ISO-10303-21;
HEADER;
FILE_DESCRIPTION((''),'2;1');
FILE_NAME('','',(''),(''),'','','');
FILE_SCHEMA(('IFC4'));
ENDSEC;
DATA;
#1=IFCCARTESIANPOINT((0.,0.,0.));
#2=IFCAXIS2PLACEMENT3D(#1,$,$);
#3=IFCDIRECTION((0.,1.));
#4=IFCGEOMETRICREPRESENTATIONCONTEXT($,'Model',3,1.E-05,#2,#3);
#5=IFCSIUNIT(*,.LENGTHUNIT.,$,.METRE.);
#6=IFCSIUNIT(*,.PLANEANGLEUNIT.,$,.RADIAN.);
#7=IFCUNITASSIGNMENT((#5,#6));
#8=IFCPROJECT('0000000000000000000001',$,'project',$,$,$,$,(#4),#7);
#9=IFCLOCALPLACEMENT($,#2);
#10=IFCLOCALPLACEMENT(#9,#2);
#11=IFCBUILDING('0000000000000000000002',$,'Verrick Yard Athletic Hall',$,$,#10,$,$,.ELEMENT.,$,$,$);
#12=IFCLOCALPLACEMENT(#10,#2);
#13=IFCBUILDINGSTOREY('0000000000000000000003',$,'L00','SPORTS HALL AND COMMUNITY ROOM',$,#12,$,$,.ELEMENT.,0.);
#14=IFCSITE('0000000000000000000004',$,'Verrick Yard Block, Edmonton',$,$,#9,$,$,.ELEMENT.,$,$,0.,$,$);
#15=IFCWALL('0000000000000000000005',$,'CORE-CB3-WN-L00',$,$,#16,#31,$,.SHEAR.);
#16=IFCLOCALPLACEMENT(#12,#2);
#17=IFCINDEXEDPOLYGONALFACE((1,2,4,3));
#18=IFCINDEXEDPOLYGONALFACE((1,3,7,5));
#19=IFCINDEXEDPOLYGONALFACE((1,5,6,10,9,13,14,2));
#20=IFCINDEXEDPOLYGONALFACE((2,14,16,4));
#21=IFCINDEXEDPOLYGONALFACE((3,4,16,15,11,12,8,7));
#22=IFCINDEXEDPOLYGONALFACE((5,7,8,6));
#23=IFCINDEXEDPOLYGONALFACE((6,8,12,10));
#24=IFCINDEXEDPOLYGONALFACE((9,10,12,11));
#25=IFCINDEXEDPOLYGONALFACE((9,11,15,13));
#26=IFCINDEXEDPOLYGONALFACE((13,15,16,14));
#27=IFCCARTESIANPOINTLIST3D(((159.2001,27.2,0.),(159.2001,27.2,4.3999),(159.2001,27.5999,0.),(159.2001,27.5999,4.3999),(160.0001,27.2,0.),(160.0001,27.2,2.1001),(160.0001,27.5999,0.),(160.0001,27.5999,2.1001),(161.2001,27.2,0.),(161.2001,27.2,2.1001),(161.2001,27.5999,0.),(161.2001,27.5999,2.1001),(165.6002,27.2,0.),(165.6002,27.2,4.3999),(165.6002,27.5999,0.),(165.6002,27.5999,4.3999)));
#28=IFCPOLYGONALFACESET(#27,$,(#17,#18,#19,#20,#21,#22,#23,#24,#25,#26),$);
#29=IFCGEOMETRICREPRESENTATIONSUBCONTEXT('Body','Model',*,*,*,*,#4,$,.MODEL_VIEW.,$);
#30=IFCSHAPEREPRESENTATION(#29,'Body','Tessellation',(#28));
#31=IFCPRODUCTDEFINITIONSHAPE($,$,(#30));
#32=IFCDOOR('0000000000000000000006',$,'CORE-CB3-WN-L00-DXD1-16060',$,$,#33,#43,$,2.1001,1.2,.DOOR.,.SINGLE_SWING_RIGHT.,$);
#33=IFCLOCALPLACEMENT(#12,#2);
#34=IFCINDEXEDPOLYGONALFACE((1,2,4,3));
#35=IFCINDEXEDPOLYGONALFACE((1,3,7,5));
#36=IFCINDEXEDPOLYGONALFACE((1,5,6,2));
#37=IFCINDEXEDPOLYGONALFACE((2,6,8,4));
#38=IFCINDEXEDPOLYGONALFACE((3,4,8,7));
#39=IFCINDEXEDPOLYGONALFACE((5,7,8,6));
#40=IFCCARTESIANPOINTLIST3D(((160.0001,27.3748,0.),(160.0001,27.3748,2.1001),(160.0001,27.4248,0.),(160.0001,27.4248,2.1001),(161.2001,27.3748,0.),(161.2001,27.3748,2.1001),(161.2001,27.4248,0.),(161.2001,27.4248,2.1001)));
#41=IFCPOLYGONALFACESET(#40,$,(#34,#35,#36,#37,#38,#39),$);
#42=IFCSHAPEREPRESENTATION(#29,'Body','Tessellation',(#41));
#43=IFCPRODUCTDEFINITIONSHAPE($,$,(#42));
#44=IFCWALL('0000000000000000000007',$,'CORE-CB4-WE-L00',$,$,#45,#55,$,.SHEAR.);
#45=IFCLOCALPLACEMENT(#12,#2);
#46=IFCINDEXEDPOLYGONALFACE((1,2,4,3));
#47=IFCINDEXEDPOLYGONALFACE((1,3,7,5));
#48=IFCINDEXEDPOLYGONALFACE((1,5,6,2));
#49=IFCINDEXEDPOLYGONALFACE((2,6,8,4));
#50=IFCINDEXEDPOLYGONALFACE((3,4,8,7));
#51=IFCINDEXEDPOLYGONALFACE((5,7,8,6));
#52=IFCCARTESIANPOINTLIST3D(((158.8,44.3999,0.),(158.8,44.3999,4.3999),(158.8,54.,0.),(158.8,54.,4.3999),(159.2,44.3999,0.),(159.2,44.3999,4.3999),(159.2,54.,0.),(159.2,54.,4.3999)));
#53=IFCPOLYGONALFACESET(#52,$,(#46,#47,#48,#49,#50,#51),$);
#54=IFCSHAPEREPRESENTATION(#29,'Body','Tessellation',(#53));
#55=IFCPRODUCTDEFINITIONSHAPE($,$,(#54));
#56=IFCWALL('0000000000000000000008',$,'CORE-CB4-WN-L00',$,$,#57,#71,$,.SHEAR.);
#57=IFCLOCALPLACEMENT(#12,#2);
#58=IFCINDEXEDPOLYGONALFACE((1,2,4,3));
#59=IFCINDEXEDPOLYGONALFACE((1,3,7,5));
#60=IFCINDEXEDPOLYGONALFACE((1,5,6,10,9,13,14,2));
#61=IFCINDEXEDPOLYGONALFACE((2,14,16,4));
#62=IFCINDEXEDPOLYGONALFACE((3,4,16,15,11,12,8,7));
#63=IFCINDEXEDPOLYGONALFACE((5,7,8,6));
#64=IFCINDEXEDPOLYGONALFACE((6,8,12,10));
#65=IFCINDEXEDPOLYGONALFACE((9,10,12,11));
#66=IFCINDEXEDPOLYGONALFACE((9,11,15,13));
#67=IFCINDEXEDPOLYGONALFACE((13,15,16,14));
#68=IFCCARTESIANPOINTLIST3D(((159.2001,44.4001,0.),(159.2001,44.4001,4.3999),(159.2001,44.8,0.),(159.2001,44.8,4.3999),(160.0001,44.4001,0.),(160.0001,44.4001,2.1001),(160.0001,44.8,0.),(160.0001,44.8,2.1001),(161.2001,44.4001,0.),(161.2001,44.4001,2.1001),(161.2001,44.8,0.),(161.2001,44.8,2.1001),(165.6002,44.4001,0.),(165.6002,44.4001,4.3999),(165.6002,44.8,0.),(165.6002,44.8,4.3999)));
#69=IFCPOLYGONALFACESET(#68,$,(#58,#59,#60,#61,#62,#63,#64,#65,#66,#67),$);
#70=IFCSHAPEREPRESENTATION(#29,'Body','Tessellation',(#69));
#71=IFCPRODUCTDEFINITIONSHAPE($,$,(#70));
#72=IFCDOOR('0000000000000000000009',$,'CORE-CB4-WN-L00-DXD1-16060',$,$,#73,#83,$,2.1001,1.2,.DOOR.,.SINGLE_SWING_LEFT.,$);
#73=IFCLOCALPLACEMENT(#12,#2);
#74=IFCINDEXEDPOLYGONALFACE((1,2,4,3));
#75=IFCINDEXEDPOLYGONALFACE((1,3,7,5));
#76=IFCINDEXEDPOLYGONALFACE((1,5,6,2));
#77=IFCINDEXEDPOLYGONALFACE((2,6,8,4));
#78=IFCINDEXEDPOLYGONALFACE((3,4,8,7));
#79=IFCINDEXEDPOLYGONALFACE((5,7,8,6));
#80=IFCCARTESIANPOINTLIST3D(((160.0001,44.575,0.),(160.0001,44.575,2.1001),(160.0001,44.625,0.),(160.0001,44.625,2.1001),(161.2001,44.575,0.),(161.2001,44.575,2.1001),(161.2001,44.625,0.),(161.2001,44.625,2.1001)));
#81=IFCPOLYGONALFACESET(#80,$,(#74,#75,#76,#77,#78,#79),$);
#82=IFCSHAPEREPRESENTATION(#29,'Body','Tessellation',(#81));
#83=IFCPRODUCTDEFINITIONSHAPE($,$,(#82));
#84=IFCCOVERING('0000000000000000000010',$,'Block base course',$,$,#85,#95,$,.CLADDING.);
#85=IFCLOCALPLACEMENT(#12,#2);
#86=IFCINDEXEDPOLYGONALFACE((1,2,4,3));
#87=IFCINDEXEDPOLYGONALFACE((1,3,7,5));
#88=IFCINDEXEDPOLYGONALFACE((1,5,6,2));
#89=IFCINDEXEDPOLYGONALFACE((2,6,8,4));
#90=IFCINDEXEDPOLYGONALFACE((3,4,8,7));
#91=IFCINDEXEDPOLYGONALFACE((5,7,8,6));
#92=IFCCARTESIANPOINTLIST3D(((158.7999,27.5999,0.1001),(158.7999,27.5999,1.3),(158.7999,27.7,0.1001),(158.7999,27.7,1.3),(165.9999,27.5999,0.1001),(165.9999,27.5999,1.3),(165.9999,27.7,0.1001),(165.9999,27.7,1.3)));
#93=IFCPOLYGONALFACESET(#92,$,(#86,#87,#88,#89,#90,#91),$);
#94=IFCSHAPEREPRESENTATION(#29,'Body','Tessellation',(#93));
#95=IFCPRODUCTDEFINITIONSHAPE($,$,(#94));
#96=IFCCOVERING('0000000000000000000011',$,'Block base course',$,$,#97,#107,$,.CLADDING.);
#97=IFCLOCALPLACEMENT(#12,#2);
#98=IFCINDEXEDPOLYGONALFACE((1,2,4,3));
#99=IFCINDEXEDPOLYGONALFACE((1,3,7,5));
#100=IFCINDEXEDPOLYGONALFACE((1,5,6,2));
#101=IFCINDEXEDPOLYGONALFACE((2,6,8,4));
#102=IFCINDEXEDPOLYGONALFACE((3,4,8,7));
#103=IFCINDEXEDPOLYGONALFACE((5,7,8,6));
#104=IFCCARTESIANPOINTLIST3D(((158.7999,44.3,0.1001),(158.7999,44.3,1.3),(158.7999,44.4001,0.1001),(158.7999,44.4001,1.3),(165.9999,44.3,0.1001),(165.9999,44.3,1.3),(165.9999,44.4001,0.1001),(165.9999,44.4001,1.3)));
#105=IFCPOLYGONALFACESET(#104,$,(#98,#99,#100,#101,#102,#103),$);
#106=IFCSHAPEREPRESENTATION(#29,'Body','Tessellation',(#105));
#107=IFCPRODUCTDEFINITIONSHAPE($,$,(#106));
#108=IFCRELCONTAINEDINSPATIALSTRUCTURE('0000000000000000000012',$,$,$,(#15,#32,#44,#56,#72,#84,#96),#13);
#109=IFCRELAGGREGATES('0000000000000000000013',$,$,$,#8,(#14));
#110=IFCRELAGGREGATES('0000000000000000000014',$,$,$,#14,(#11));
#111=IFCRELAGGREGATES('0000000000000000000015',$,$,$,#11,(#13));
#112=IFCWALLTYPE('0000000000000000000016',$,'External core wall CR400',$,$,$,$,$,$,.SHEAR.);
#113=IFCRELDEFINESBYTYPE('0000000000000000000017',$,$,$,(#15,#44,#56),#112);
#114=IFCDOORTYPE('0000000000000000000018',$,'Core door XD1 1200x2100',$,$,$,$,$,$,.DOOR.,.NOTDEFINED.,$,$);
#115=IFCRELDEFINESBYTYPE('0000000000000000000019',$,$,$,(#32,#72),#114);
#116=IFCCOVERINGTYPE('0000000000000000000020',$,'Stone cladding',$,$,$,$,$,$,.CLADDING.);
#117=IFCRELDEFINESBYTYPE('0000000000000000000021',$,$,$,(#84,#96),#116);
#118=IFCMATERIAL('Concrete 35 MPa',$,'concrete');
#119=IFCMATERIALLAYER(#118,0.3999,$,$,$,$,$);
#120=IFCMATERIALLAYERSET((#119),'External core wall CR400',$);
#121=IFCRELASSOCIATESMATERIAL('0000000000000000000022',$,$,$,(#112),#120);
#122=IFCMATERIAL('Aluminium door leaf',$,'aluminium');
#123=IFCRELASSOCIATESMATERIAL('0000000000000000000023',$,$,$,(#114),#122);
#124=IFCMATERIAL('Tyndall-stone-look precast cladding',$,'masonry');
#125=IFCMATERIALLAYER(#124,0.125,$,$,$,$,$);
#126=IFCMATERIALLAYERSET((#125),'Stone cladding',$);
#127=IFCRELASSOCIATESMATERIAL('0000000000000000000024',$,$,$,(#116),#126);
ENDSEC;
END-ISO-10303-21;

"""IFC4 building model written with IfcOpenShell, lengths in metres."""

from ifc_helpers import new_model, si_unit, direction, frame, frame_2d, origin, origin_2d, place, context, subcontext, project, spatial, rectangle, extrude, material, layer, layer_set, type_object, element, fill, save


model = new_model("IFC4")

# Units and contexts
model_context = context("Model", 3, precision=1e-05, world=origin(), true_north=direction((0.0, 1.0)))
body_context = subcontext(model_context, "Body", "Model", "MODEL_VIEW")
ifc_project = project(units=[si_unit("LENGTHUNIT", "METRE"), si_unit("PLANEANGLEUNIT", "RADIAN")], contexts=[model_context])

# Site, building, storey
site_placement = place(None, origin())
site = spatial("IfcSite", under=ifc_project, at=site_placement, Name="Verrick Yard Block, Edmonton", CompositionType="ELEMENT", RefElevation=0.0)
building_placement = place(site_placement, origin())
building = spatial("IfcBuilding", under=site, at=building_placement, Name="Verrick Yard Athletic Hall", CompositionType="ELEMENT")
storey_placement = place(building_placement, origin())
storey = spatial("IfcBuildingStorey", under=building, at=storey_placement, Name="L00", Description="SPORTS HALL AND COMMUNITY ROOM", CompositionType="ELEMENT", Elevation=0.0)

# Shared definitions
ifc_material_1 = material(Name="Concrete 35 MPa", Category="concrete")

# Wall, opening, door
ifc_layer_1 = layer(ifc_material_1, 0.3999)
ifc_layer_set_1 = layer_set([ifc_layer_1], Name="External core wall CR400")
wall_type_1 = type_object("IfcWallType", Name="External core wall CR400", PredefinedType="SHEAR", material=ifc_layer_set_1)
ifc_material_2 = material(Name="Aluminium door leaf", Category="aluminium")
door_type_1 = type_object("IfcDoorType", Name="Core door XD1 1200x2100", OperationType="NOTDEFINED", PredefinedType="DOOR", material=ifc_material_2)
wall_1_placement = place(storey_placement, frame((159.2, 27.3999, 0.0), z_axis=(0.0, 0.0, 1.0), x_axis=(1.0, 0.0, 0.0)))
wall_1 = element("IfcWall", 1, at=wall_1_placement, inside=storey, type_object=wall_type_1, Name="CORE-CB3-WN-L00", PredefinedType="SHEAR", context=body_context, shape_type="SweptSolid", body=[
    extrude(rectangle(XDim=6.4001, YDim=0.3999, at=frame_2d((3.2002, 0.0))), origin(), (0.0, 0.0, 1.0), 4.3999),
])
opening_1_placement = place(wall_1_placement, frame((0.8, 0.0, 0.0)))
opening_1 = element("IfcOpeningElement", 2, at=opening_1_placement, cuts=wall_1, PredefinedType="OPENING", context=body_context, shape_type="SweptSolid", body=[
    extrude(rectangle(XDim=1.2, YDim=2.1001, at=frame_2d((0.6001, 1.05))), frame((0.0, 0.21, 0.0), z_axis=(0.0, -1.0, 0.0), x_axis=(1.0, 0.0, 0.0)), (0.0, 0.0, 1.0), 0.4199),
])
door_1_placement = place(opening_1_placement, origin())
door_1 = element("IfcDoor", 3, at=door_1_placement, inside=storey, type_object=door_type_1, Name="CORE-CB3-WN-L00-DXD1-16060", OperationType="SINGLE_SWING_RIGHT", OverallHeight=2.1001, OverallWidth=1.2, PredefinedType="DOOR", context=body_context, shape_type="SweptSolid", body=[
    extrude(rectangle(XDim=1.2, YDim=2.1001, at=frame_2d((0.6001, 1.05))), frame((0.0, 0.0249, 0.0), z_axis=(0.0, -1.0, 0.0), x_axis=(1.0, 0.0, 0.0)), (0.0, 0.0, 1.0), 0.05),
])
fill(opening_1, door_1)

# Wall
wall_2_placement = place(storey_placement, frame((159.0, 44.3999, 0.0), z_axis=(0.0, 0.0, 1.0), x_axis=(0.0, 1.0, 0.0)))
element("IfcWall", 4, at=wall_2_placement, inside=storey, type_object=wall_type_1, Name="CORE-CB4-WE-L00", PredefinedType="SHEAR", context=body_context, shape_type="SweptSolid", body=[
    extrude(rectangle(XDim=9.6001, YDim=0.3999, at=frame_2d((4.8, 0.0))), origin(), (0.0, 0.0, 1.0), 4.3999),
])

# Wall, opening, door
wall_3_placement = place(storey_placement, frame((159.2, 44.6001, 0.0), z_axis=(0.0, 0.0, 1.0), x_axis=(1.0, 0.0, 0.0)))
wall_3 = element("IfcWall", 5, at=wall_3_placement, inside=storey, type_object=wall_type_1, Name="CORE-CB4-WN-L00", PredefinedType="SHEAR", context=body_context, shape_type="SweptSolid", body=[
    extrude(rectangle(XDim=6.4001, YDim=0.3999, at=frame_2d((3.2002, 0.0))), origin(), (0.0, 0.0, 1.0), 4.3999),
])
opening_2_placement = place(wall_3_placement, frame((0.8, 0.0, 0.0)))
opening_2 = element("IfcOpeningElement", 6, at=opening_2_placement, cuts=wall_3, PredefinedType="OPENING", context=body_context, shape_type="SweptSolid", body=[
    extrude(rectangle(XDim=1.2, YDim=2.1001, at=frame_2d((0.6001, 1.05))), frame((0.0, 0.21, 0.0), z_axis=(0.0, -1.0, 0.0), x_axis=(1.0, 0.0, 0.0)), (0.0, 0.0, 1.0), 0.4199),
])
door_2_placement = place(opening_2_placement, origin())
door_2 = element("IfcDoor", 7, at=door_2_placement, inside=storey, type_object=door_type_1, Name="CORE-CB4-WN-L00-DXD1-16060", OperationType="SINGLE_SWING_LEFT", OverallHeight=2.1001, OverallWidth=1.2, PredefinedType="DOOR", context=body_context, shape_type="SweptSolid", body=[
    extrude(rectangle(XDim=1.2, YDim=2.1001, at=frame_2d((0.6001, 1.05))), frame((0.0, 0.0249, 0.0), z_axis=(0.0, -1.0, 0.0), x_axis=(1.0, 0.0, 0.0)), (0.0, 0.0, 1.0), 0.05),
])
fill(opening_2, door_2)

# Coverings
ifc_material_3 = material(Name="Tyndall-stone-look precast cladding", Category="masonry")
ifc_layer_2 = layer(ifc_material_3, 0.125)
ifc_layer_set_2 = layer_set([ifc_layer_2], Name="Stone cladding")
covering_type = type_object("IfcCoveringType", Name="Stone cladding", PredefinedType="CLADDING", material=ifc_layer_set_2)
for number, where, z_axis, x_axis, name in (
    (8, (162.3999, 27.6499, 0.1001), (0.0, 0.0, 1.0), (1.0, 0.0, 0.0), "Block base course"),
    (9, (162.3999, 44.3501, 0.1001), (0.0, 0.0, 1.0), (1.0, 0.0, 0.0), "Block base course"),
):
    element("IfcCovering", number, at=place(storey_placement, frame(where, z_axis=z_axis, x_axis=x_axis)), inside=storey, type_object=covering_type, Name=name, PredefinedType="CLADDING", context=body_context, shape_type="SweptSolid", body=[
        extrude(rectangle(XDim=7.2, YDim=0.1001, at=origin_2d()), origin(), (0.0, 0.0, 1.0), 1.2),
    ])

save(model, "model.ifc")
